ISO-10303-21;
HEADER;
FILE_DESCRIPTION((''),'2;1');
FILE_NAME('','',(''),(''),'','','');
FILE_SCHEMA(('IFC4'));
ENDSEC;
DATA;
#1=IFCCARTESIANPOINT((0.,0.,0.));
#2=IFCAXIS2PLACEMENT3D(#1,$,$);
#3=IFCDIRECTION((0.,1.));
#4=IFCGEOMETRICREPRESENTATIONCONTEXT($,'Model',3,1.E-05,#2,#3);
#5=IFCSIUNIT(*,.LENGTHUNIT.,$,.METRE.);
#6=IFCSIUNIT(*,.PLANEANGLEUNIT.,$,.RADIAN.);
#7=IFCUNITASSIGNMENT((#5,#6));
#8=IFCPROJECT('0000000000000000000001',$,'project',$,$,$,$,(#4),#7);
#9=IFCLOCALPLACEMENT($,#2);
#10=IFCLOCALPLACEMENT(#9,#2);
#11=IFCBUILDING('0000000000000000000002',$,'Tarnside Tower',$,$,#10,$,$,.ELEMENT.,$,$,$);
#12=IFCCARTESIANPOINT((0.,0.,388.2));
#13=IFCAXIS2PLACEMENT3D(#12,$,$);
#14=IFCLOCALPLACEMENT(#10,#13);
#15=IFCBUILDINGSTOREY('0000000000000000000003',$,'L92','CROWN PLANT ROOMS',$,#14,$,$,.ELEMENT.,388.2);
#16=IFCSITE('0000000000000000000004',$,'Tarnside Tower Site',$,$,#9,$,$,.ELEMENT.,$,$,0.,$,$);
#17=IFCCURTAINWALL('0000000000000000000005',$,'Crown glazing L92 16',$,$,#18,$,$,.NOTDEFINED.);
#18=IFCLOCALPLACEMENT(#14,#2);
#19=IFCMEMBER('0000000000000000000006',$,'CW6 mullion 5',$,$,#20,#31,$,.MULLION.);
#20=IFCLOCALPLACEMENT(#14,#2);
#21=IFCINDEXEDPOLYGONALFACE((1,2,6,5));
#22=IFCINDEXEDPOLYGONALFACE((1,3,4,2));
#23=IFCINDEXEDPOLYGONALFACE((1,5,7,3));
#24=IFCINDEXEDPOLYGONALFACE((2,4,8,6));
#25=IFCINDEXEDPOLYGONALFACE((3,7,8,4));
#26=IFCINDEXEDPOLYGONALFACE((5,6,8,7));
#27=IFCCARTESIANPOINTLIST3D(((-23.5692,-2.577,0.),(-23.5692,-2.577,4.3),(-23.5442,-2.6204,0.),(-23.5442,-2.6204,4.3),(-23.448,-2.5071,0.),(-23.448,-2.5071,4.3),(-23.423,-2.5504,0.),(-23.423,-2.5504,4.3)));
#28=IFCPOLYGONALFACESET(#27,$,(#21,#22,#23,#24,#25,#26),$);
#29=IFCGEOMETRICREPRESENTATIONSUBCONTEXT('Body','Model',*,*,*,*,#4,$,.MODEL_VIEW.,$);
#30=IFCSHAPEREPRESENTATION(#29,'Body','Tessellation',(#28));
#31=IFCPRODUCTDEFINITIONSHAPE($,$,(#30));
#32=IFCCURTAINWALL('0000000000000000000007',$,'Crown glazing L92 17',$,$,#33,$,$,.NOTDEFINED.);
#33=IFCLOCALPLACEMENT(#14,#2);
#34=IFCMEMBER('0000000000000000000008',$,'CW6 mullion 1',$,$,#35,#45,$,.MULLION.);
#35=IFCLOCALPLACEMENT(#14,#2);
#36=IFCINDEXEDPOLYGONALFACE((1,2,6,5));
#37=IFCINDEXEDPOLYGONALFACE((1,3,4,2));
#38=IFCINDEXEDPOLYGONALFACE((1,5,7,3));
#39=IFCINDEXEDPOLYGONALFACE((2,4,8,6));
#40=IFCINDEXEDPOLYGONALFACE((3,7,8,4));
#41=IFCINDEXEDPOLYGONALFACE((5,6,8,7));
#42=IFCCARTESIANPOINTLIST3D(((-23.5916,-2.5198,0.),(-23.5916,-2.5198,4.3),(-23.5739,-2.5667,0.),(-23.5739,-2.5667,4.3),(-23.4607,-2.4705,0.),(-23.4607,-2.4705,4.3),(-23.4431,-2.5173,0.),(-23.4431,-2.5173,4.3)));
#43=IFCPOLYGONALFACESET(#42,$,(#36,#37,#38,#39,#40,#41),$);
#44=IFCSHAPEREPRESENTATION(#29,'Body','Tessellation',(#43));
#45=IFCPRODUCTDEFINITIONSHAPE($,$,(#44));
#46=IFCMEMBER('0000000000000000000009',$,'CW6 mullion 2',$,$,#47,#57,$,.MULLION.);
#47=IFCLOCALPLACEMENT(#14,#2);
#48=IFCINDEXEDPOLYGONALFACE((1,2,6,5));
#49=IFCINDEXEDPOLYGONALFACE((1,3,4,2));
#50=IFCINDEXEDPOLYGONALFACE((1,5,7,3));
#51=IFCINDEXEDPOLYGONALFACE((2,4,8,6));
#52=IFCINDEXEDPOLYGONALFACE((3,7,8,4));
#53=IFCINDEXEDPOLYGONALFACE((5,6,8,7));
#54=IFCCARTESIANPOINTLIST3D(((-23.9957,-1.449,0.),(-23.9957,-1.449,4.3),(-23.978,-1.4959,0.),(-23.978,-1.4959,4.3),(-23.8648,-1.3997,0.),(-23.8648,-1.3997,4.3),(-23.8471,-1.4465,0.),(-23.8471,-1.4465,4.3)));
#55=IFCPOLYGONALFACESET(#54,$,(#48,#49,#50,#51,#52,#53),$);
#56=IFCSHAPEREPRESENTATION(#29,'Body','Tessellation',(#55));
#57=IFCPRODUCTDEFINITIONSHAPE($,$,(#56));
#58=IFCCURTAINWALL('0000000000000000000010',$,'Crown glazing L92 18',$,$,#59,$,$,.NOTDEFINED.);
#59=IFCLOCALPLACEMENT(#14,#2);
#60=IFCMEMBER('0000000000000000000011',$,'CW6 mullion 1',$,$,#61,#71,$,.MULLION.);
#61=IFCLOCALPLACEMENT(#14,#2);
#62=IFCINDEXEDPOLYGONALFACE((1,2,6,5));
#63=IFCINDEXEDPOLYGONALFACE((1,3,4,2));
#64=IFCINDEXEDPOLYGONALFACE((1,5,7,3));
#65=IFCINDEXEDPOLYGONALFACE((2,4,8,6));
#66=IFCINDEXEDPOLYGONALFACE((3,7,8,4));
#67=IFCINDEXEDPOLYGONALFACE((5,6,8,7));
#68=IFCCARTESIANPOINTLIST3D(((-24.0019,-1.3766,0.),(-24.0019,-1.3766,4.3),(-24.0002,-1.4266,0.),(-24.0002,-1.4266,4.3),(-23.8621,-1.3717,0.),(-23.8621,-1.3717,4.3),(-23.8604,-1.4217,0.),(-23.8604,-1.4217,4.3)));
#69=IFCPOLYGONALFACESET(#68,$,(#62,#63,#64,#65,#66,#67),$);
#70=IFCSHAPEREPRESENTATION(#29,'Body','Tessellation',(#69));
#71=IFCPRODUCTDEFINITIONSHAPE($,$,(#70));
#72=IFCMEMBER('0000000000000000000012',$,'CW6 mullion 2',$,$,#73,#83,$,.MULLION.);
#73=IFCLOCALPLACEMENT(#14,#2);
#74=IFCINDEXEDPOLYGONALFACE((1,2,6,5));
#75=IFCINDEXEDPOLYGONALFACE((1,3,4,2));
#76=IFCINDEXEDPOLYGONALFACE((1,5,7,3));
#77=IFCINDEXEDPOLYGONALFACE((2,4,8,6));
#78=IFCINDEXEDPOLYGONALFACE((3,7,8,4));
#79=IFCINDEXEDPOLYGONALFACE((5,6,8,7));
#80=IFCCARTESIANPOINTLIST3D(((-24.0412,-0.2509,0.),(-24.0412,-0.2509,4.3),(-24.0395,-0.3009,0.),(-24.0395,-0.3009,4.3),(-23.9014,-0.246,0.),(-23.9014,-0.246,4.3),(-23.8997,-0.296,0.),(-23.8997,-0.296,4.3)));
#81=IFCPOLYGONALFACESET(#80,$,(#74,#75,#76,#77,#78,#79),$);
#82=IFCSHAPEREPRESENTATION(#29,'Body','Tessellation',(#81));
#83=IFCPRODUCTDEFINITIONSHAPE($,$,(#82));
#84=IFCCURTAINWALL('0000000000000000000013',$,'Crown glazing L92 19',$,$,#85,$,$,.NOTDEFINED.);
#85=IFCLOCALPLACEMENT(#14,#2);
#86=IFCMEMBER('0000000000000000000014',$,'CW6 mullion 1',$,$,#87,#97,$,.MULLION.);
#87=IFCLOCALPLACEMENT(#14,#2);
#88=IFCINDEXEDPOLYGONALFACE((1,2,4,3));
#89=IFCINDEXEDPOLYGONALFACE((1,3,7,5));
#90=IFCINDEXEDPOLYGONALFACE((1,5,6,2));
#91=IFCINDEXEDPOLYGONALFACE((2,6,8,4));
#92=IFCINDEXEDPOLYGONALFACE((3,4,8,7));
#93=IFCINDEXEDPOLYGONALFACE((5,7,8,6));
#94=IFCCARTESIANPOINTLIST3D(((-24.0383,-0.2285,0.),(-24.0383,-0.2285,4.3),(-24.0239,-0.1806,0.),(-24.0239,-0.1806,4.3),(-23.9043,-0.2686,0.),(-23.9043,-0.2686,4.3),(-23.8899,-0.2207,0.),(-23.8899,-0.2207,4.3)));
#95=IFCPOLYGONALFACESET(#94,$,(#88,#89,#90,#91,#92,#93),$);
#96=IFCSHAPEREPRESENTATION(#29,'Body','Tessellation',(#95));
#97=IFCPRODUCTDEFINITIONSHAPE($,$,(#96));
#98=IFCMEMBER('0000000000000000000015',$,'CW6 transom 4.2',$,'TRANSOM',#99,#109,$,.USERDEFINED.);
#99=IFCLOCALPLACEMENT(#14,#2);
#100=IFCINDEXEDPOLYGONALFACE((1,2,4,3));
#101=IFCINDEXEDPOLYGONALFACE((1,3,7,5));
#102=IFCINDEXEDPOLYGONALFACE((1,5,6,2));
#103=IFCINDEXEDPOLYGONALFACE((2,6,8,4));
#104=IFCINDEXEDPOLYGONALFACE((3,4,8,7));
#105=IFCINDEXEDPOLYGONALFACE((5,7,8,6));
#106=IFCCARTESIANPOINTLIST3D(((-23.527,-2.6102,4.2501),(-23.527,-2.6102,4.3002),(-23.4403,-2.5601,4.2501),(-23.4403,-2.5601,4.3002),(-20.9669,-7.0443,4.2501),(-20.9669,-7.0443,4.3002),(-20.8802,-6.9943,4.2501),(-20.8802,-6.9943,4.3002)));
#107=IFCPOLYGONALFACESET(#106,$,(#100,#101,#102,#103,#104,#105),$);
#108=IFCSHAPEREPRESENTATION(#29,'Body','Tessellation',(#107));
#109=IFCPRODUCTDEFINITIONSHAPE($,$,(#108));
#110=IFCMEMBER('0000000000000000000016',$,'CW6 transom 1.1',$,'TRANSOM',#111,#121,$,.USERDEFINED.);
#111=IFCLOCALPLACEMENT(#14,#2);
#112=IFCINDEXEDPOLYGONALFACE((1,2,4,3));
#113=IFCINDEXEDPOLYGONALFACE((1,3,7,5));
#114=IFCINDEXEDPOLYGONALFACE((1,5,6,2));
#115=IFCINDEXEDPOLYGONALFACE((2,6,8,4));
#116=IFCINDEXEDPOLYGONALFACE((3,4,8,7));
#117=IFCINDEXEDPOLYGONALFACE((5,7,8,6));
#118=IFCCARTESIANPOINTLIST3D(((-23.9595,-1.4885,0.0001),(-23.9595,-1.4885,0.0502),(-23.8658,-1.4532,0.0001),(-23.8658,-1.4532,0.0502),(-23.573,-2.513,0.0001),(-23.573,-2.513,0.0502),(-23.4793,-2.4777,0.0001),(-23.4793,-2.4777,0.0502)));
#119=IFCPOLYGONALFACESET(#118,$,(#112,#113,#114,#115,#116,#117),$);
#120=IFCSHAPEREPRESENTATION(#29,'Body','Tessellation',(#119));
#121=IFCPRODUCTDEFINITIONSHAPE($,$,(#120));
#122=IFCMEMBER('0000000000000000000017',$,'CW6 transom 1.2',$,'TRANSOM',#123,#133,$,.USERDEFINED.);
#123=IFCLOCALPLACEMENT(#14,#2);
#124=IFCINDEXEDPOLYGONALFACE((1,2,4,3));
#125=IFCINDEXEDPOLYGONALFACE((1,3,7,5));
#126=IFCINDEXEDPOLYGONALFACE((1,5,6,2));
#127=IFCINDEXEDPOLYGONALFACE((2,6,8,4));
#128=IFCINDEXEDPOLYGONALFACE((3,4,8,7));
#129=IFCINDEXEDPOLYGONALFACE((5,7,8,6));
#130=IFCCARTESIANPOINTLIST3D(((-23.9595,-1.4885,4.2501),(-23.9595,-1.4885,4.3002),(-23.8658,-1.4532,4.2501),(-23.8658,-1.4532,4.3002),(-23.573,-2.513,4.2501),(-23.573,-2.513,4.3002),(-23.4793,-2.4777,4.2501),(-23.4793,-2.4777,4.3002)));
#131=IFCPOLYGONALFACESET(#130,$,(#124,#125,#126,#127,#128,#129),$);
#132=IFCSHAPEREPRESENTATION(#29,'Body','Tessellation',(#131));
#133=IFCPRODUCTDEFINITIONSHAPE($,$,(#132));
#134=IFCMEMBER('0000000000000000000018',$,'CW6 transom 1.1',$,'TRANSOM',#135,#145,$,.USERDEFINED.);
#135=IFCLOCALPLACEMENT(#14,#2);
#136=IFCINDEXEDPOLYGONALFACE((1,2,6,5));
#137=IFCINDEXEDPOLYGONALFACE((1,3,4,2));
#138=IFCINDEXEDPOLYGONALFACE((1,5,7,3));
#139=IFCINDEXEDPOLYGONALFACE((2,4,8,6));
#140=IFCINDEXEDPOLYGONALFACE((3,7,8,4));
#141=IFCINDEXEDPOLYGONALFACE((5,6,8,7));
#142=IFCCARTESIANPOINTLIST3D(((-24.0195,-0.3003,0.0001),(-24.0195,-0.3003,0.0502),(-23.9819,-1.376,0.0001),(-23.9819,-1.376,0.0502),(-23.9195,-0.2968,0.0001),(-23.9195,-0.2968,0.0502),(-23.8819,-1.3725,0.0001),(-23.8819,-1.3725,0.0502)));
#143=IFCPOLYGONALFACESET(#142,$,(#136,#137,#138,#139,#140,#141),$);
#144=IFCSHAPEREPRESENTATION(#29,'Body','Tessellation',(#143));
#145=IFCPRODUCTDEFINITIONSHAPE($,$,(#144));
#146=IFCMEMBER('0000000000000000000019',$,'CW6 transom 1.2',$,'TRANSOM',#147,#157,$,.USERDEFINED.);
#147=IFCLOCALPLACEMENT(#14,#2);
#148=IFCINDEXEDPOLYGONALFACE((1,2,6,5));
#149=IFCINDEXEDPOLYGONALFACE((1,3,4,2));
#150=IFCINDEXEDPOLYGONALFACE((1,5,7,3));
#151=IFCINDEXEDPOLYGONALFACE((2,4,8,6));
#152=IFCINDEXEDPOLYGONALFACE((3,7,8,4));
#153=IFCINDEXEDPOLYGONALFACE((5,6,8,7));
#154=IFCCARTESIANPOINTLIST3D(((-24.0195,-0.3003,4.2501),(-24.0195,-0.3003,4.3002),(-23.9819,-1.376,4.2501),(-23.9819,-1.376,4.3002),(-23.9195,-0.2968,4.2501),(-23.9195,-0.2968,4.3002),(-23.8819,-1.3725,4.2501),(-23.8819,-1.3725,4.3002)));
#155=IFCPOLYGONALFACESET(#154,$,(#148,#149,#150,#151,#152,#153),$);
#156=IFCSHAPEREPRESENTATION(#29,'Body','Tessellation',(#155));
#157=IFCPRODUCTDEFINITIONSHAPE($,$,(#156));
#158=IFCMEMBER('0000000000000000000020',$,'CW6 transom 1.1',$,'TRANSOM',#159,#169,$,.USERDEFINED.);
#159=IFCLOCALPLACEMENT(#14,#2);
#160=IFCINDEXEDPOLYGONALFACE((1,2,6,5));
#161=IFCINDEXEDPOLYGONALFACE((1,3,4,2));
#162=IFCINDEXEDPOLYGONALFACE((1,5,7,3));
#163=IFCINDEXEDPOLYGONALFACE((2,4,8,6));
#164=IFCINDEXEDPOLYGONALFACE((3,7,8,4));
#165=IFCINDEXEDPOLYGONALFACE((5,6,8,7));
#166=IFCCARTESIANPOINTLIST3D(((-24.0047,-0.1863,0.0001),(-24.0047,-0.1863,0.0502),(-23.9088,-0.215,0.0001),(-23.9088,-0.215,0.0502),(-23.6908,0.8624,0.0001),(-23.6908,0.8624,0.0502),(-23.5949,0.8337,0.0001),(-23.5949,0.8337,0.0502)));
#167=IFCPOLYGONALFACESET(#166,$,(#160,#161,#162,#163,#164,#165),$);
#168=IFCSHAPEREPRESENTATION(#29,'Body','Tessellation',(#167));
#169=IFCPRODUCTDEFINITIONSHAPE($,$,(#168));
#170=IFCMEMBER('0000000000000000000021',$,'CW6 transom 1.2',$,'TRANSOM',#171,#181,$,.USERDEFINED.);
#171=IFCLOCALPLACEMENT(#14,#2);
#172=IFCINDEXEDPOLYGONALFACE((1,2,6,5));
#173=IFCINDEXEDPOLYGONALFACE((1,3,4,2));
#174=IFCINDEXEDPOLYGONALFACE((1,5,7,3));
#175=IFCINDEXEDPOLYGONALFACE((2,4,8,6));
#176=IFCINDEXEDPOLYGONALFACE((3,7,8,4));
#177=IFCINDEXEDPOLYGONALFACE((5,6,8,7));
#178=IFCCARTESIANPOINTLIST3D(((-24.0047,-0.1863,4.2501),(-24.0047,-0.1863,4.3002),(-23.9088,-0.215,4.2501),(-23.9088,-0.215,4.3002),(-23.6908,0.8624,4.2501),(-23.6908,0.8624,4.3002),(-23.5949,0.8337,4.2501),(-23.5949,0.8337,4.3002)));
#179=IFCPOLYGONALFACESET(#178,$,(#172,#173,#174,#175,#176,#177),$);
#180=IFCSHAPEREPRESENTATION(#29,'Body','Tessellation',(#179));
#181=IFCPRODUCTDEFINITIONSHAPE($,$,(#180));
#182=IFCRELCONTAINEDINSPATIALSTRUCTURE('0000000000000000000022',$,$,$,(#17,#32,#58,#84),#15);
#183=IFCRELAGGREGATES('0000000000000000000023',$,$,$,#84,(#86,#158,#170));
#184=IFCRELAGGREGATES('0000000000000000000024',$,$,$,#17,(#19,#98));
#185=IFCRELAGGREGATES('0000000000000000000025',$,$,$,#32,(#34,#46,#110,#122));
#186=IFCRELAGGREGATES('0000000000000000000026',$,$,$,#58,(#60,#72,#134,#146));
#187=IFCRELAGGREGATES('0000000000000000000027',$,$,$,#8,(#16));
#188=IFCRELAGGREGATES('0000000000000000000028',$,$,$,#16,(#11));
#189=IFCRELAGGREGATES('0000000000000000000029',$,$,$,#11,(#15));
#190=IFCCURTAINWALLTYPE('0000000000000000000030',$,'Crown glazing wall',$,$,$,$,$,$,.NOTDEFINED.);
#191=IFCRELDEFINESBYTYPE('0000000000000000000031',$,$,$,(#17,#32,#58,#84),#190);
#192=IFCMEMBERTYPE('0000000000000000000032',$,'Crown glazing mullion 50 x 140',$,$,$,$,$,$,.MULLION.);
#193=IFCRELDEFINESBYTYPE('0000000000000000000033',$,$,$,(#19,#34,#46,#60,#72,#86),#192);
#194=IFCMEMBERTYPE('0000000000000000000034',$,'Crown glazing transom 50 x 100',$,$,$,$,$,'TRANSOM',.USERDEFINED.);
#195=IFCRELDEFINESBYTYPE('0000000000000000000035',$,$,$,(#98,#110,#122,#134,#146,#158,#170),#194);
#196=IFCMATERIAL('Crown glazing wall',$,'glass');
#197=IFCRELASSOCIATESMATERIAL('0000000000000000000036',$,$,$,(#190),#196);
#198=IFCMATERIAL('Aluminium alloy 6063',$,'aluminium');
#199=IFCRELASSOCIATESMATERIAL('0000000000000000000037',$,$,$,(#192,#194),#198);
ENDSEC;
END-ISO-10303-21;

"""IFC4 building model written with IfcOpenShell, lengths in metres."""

from ifc_helpers import new_model, si_unit, direction, frame, origin, origin_2d, place, context, subcontext, project, spatial, rectangle, extrude, material, material_profile, profile_set, type_object, element, aggregate, save


model = new_model("IFC4")

# Units and contexts
model_context = context("Model", 3, precision=1e-05, world=origin(), true_north=direction((0.0, 1.0)))
body_context = subcontext(model_context, "Body", "Model", "MODEL_VIEW")
ifc_project = project(units=[si_unit("LENGTHUNIT", "METRE"), si_unit("PLANEANGLEUNIT", "RADIAN")], contexts=[model_context])

# Site, building, storey
site_placement = place(None, origin())
site = spatial("IfcSite", under=ifc_project, at=site_placement, Name="Tarnside Tower Site", CompositionType="ELEMENT", RefElevation=0.0)
building_placement = place(site_placement, origin())
building = spatial("IfcBuilding", under=site, at=building_placement, Name="Tarnside Tower", CompositionType="ELEMENT")
storey_placement = place(building_placement, frame((0.0, 0.0, 388.2)))
storey = spatial("IfcBuildingStorey", under=building, at=storey_placement, Name="L92", Description="CROWN PLANT ROOMS", CompositionType="ELEMENT", Elevation=388.2)

# Curtain wall, member
ifc_material_1 = material(Name="Crown glazing wall", Category="glass")
curtain_wall_type = type_object("IfcCurtainWallType", Name="Crown glazing wall", PredefinedType="NOTDEFINED", material=ifc_material_1)
curtain_wall_1_placement = place(storey_placement, origin())
curtain_wall_1 = element("IfcCurtainWall", 1, at=curtain_wall_1_placement, inside=storey, type_object=curtain_wall_type, Name="Crown glazing L92 16", PredefinedType="NOTDEFINED")
ifc_material_2 = material(Name="Aluminium alloy 6063", Category="aluminium")
ifc_material_profile_1 = material_profile(ifc_material_2, rectangle(XDim=0.1399, YDim=0.05, at=origin_2d()), Name="Crown glazing mullion 50 x 140")
ifc_profile_set_1 = profile_set([ifc_material_profile_1], Name="Aluminium alloy 6063")
member_type_1 = type_object("IfcMemberType", Name="Crown glazing mullion 50 x 140", PredefinedType="MULLION", material=ifc_profile_set_1)
member_1_placement = place(storey_placement, frame((-23.4961, -2.5637, 0.0), z_axis=(0.0, 0.0, 1.0), x_axis=(-0.866025, -0.5, 0.0)))
member_1 = element("IfcMember", 2, at=member_1_placement, type_object=member_type_1, Name="CW6 mullion 5", PredefinedType="MULLION", context=body_context, shape_type="SweptSolid", body=[
    extrude(rectangle(XDim=0.1399, YDim=0.05, at=origin_2d()), origin(), (0.0, 0.0, 1.0), 4.3),
])

# Curtain walls, members
curtain_wall_2_placement = place(storey_placement, origin())
curtain_wall_2 = element("IfcCurtainWall", 3, at=curtain_wall_2_placement, inside=storey, type_object=curtain_wall_type, Name="Crown glazing L92 17", PredefinedType="NOTDEFINED")
member_2_placement = place(storey_placement, frame((-23.5173, -2.5186, 0.0), z_axis=(0.0, 0.0, 1.0), x_axis=(-0.93565, -0.352931, 0.0)))
member_2 = element("IfcMember", 4, at=member_2_placement, type_object=member_type_1, Name="CW6 mullion 1", PredefinedType="MULLION", context=body_context, shape_type="SweptSolid", body=[
    extrude(rectangle(XDim=0.1399, YDim=0.05, at=origin_2d()), origin(), (0.0, 0.0, 1.0), 4.3),
])
member_3_placement = place(storey_placement, frame((-23.9214, -1.4478, 0.0), z_axis=(0.0, 0.0, 1.0), x_axis=(-0.93565, -0.352931, 0.0)))
member_3 = element("IfcMember", 5, at=member_3_placement, type_object=member_type_1, Name="CW6 mullion 2", PredefinedType="MULLION", context=body_context, shape_type="SweptSolid", body=[
    extrude(rectangle(XDim=0.1399, YDim=0.05, at=origin_2d()), origin(), (0.0, 0.0, 1.0), 4.3),
])
curtain_wall_3_placement = place(storey_placement, origin())
curtain_wall_3 = element("IfcCurtainWall", 6, at=curtain_wall_3_placement, inside=storey, type_object=curtain_wall_type, Name="Crown glazing L92 18", PredefinedType="NOTDEFINED")
member_4_placement = place(storey_placement, frame((-23.9312, -1.3992, 0.0), z_axis=(0.0, 0.0, 1.0), x_axis=(-0.999391, -0.034899, 0.0)))
member_4 = element("IfcMember", 7, at=member_4_placement, type_object=member_type_1, Name="CW6 mullion 1", PredefinedType="MULLION", context=body_context, shape_type="SweptSolid", body=[
    extrude(rectangle(XDim=0.1399, YDim=0.05, at=origin_2d()), origin(), (0.0, 0.0, 1.0), 4.3),
])
member_5_placement = place(storey_placement, frame((-23.9705, -0.2734, 0.0), z_axis=(0.0, 0.0, 1.0), x_axis=(-0.999391, -0.034899, 0.0)))
member_5 = element("IfcMember", 8, at=member_5_placement, type_object=member_type_1, Name="CW6 mullion 2", PredefinedType="MULLION", context=body_context, shape_type="SweptSolid", body=[
    extrude(rectangle(XDim=0.1399, YDim=0.05, at=origin_2d()), origin(), (0.0, 0.0, 1.0), 4.3),
])

# Curtain wall, member
curtain_wall_4_placement = place(storey_placement, origin())
curtain_wall_4 = element("IfcCurtainWall", 9, at=curtain_wall_4_placement, inside=storey, type_object=curtain_wall_type, Name="Crown glazing L92 19", PredefinedType="NOTDEFINED")
member_6_placement = place(storey_placement, frame((-23.9641, -0.2246, 0.0), z_axis=(0.0, 0.0, 1.0), x_axis=(-0.95799, 0.286803, 0.0)))
member_6 = element("IfcMember", 10, at=member_6_placement, type_object=member_type_1, Name="CW6 mullion 1", PredefinedType="MULLION", context=body_context, shape_type="SweptSolid", body=[
    extrude(rectangle(XDim=0.1399, YDim=0.05, at=origin_2d()), origin(), (0.0, 0.0, 1.0), 4.3),
])

# Members
ifc_material_profile_2 = material_profile(ifc_material_2, rectangle(XDim=0.1001, YDim=0.05, at=origin_2d()), Name="Crown glazing transom 50 x 100")
ifc_profile_set_2 = profile_set([ifc_material_profile_2], Name="Aluminium alloy 6063")
member_type_2 = type_object("IfcMemberType", Name="Crown glazing transom 50 x 100", ElementType="TRANSOM", PredefinedType="USERDEFINED", material=ifc_profile_set_2)
member_7_placement = place(storey_placement, frame((-20.9236, -7.0193, 4.2751), z_axis=(-0.500006, 0.866022, 0.0), x_axis=(-0.866022, -0.500006, 0.0)))
member_7 = element("IfcMember", 11, at=member_7_placement, type_object=member_type_2, Name="CW6 transom 4.2", ObjectType="TRANSOM", PredefinedType="USERDEFINED", context=body_context, shape_type="SweptSolid", body=[
    extrude(rectangle(XDim=0.1001, YDim=0.05, at=origin_2d()), origin(), (0.0, 0.0, 1.0), 5.1201),
])
member_8_placement = place(storey_placement, frame((-23.5261, -2.4954, 0.0251), z_axis=(-0.35298, 0.935631, 0.0), x_axis=(-0.935631, -0.35298, 0.0)))
member_8 = element("IfcMember", 12, at=member_8_placement, type_object=member_type_2, Name="CW6 transom 1.1", ObjectType="TRANSOM", PredefinedType="USERDEFINED", context=body_context, shape_type="SweptSolid", body=[
    extrude(rectangle(XDim=0.1001, YDim=0.05, at=origin_2d()), origin(), (0.0, 0.0, 1.0), 1.095),
])
member_9_placement = place(storey_placement, frame((-23.5261, -2.4954, 4.2751), z_axis=(-0.35298, 0.935631, 0.0), x_axis=(-0.935631, -0.35298, 0.0)))
member_9 = element("IfcMember", 13, at=member_9_placement, type_object=member_type_2, Name="CW6 transom 1.2", ObjectType="TRANSOM", PredefinedType="USERDEFINED", context=body_context, shape_type="SweptSolid", body=[
    extrude(rectangle(XDim=0.1001, YDim=0.05, at=origin_2d()), origin(), (0.0, 0.0, 1.0), 1.095),
])
member_10_placement = place(storey_placement, frame((-23.9319, -1.3743, 0.0251), z_axis=(-0.034931, 0.99939, 0.0), x_axis=(-0.99939, -0.034931, 0.0)))
member_10 = element("IfcMember", 14, at=member_10_placement, type_object=member_type_2, Name="CW6 transom 1.1", ObjectType="TRANSOM", PredefinedType="USERDEFINED", context=body_context, shape_type="SweptSolid", body=[
    extrude(rectangle(XDim=0.1001, YDim=0.05, at=origin_2d()), origin(), (0.0, 0.0, 1.0), 1.0764),
])
member_11_placement = place(storey_placement, frame((-23.9319, -1.3743, 4.2751), z_axis=(-0.034931, 0.99939, 0.0), x_axis=(-0.99939, -0.034931, 0.0)))
member_11 = element("IfcMember", 15, at=member_11_placement, type_object=member_type_2, Name="CW6 transom 1.2", ObjectType="TRANSOM", PredefinedType="USERDEFINED", context=body_context, shape_type="SweptSolid", body=[
    extrude(rectangle(XDim=0.1001, YDim=0.05, at=origin_2d()), origin(), (0.0, 0.0, 1.0), 1.0764),
])
member_12_placement = place(storey_placement, frame((-23.9568, -0.2007, 0.0251), z_axis=(0.286775, 0.957998, 0.0), x_axis=(-0.957998, 0.286775, 0.0)))
member_12 = element("IfcMember", 16, at=member_12_placement, type_object=member_type_2, Name="CW6 transom 1.1", ObjectType="TRANSOM", PredefinedType="USERDEFINED", context=body_context, shape_type="SweptSolid", body=[
    extrude(rectangle(XDim=0.1001, YDim=0.05, at=origin_2d()), origin(), (0.0, 0.0, 1.0), 1.0947),
])
member_13_placement = place(storey_placement, frame((-23.9568, -0.2007, 4.2751), z_axis=(0.286775, 0.957998, 0.0), x_axis=(-0.957998, 0.286775, 0.0)))
member_13 = element("IfcMember", 17, at=member_13_placement, type_object=member_type_2, Name="CW6 transom 1.2", ObjectType="TRANSOM", PredefinedType="USERDEFINED", context=body_context, shape_type="SweptSolid", body=[
    extrude(rectangle(XDim=0.1001, YDim=0.05, at=origin_2d()), origin(), (0.0, 0.0, 1.0), 1.0947),
])
aggregate(curtain_wall_4, [member_6, member_12, member_13])

aggregate(curtain_wall_1, [member_1, member_7])
aggregate(curtain_wall_2, [member_2, member_3, member_8, member_9])
aggregate(curtain_wall_3, [member_4, member_5, member_10, member_11])

save(model, "model.ifc")
